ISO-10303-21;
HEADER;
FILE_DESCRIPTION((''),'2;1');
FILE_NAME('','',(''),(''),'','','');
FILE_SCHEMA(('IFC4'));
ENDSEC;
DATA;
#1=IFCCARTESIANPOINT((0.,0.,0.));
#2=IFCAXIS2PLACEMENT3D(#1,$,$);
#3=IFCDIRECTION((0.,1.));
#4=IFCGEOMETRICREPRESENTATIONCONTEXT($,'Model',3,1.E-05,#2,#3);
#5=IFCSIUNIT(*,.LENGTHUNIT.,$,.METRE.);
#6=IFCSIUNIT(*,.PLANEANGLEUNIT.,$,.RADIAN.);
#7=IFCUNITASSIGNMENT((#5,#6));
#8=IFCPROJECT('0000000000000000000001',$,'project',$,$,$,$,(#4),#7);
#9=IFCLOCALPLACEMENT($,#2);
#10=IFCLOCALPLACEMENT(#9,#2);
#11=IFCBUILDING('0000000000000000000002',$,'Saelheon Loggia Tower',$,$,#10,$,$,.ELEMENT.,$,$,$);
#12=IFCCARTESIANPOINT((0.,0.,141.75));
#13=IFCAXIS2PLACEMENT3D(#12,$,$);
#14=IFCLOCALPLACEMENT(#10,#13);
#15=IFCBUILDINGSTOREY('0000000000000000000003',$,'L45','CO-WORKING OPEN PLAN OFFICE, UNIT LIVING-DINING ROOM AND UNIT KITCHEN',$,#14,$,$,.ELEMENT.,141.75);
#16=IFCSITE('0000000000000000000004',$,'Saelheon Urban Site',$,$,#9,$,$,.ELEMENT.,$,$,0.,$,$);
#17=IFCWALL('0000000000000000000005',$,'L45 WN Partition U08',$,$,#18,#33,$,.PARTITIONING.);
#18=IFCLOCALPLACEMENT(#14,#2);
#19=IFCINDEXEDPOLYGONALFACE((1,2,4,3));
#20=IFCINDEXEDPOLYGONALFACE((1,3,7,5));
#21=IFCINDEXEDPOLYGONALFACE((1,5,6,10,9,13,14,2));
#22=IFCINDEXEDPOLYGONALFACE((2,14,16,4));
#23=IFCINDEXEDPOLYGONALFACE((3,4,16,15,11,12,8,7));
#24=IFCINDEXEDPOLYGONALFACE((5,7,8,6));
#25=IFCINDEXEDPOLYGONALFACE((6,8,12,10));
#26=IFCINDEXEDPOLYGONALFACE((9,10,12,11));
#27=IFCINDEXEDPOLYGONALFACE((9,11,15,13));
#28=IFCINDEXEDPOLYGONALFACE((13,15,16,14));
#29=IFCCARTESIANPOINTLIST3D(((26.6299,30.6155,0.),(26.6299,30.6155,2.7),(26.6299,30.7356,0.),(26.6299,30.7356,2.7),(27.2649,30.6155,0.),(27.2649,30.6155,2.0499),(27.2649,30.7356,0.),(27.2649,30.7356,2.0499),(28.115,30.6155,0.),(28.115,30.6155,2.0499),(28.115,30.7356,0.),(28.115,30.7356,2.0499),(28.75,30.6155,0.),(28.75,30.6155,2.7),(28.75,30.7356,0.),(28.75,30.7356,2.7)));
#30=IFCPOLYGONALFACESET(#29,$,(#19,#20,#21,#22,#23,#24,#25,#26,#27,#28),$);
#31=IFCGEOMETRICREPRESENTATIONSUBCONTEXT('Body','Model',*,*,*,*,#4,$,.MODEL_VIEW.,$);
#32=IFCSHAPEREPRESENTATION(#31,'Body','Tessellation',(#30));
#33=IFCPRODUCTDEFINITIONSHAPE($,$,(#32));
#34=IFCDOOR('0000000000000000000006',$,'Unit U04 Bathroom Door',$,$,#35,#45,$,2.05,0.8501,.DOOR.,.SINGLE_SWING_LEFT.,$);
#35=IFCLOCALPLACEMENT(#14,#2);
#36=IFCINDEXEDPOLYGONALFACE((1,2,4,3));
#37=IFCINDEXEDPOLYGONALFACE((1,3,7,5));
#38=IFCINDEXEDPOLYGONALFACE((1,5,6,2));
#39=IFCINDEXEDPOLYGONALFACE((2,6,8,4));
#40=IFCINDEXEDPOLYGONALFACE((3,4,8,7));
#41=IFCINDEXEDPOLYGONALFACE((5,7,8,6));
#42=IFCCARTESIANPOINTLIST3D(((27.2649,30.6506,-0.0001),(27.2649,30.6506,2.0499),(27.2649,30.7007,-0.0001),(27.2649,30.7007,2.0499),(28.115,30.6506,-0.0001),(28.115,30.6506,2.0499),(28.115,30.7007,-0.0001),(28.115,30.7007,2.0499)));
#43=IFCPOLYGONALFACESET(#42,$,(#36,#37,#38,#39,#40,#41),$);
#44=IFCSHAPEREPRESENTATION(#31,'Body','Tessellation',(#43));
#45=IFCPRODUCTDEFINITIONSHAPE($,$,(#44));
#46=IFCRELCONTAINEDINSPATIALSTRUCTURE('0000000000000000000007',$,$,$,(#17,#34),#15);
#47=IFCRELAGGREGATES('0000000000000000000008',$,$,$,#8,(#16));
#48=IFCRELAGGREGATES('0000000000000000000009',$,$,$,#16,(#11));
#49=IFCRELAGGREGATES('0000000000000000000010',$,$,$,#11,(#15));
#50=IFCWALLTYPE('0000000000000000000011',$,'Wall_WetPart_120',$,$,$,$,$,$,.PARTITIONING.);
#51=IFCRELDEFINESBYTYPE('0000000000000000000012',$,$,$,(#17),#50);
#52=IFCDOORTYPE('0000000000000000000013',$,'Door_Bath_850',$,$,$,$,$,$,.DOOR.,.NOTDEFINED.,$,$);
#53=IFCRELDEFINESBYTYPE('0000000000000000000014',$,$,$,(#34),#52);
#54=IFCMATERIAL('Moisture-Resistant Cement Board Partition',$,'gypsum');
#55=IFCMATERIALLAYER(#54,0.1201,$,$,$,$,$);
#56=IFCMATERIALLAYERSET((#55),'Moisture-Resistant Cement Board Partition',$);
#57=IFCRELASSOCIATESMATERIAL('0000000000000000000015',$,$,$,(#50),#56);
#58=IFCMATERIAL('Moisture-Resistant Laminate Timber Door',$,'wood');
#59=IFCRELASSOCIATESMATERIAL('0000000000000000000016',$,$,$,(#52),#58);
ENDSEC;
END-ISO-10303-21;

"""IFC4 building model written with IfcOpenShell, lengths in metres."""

from ifc_helpers import new_model, si_unit, direction, frame, frame_2d, origin, place, context, subcontext, project, spatial, rectangle, extrude, source, transform, mapped, material, layer, layer_set, type_object, element, fill, save


model = new_model("IFC4")

# Units and contexts
model_context = context("Model", 3, precision=1e-05, world=origin(), true_north=direction((0.0, 1.0)))
body_context = subcontext(model_context, "Body", "Model", "MODEL_VIEW")
ifc_project = project(units=[si_unit("LENGTHUNIT", "METRE"), si_unit("PLANEANGLEUNIT", "RADIAN")], contexts=[model_context])

# Site, building, storey
site_placement = place(None, origin())
site = spatial("IfcSite", under=ifc_project, at=site_placement, Name="Saelheon Urban Site", CompositionType="ELEMENT", RefElevation=0.0)
building_placement = place(site_placement, origin())
building = spatial("IfcBuilding", under=site, at=building_placement, Name="Saelheon Loggia Tower", CompositionType="ELEMENT")
storey_placement = place(building_placement, frame((0.0, 0.0, 141.75)))
storey = spatial("IfcBuildingStorey", under=building, at=storey_placement, Name="L45", Description="CO-WORKING OPEN PLAN OFFICE, UNIT LIVING-DINING ROOM AND UNIT KITCHEN", CompositionType="ELEMENT", Elevation=141.75)

# Wall, opening, door
ifc_material_1 = material(Name="Moisture-Resistant Cement Board Partition", Category="gypsum")
ifc_layer_1 = layer(ifc_material_1, 0.1201)
ifc_layer_set_1 = layer_set([ifc_layer_1], Name="Moisture-Resistant Cement Board Partition")
wall_type_1 = type_object("IfcWallType", Name="Wall_WetPart_120", PredefinedType="PARTITIONING", material=ifc_layer_set_1)
wall_1_placement = place(storey_placement, frame((28.75, 30.6755, 0.0), z_axis=(0.0, 0.0, 1.0), x_axis=(-1.0, 0.0, 0.0)))
wall_1 = element("IfcWall", 1, at=wall_1_placement, inside=storey, type_object=wall_type_1, Name="L45 WN Partition U08", PredefinedType="PARTITIONING", context=body_context, shape_type="SweptSolid", body=[
    extrude(rectangle(XDim=2.1201, YDim=0.1201, at=frame_2d((1.0601, 0.0))), origin(), (0.0, 0.0, 1.0), 2.7),
])
opening_1_placement = place(wall_1_placement, frame((0.635, 0.0, 0.0)))
opening_1 = element("IfcOpeningElement", 2, at=opening_1_placement, cuts=wall_1, PredefinedType="OPENING", context=body_context, shape_type="SweptSolid", body=[
    extrude(rectangle(XDim=0.8501, YDim=2.05, at=frame_2d((0.425, 1.0249))), frame((0.0, 0.072, 0.0), z_axis=(0.0, -1.0, 0.0), x_axis=(1.0, 0.0, 0.0)), (0.0, 0.0, 1.0), 0.144),
])
ifc_material_2 = material(Name="Moisture-Resistant Laminate Timber Door", Category="wood")
door_type_1 = type_object("IfcDoorType", Name="Door_Bath_850", OperationType="NOTDEFINED", PredefinedType="DOOR", material=ifc_material_2)
shared_shape_1 = source(origin(), body_context, "Body", "SweptSolid", [
    extrude(rectangle(XDim=0.8501, YDim=2.05, at=frame_2d((0.425, 1.0249))), frame((0.0, 0.0249, 0.0), z_axis=(0.0, -1.0, 0.0), x_axis=(1.0, 0.0, 0.0)), (0.0, 0.0, 1.0), 0.05),
])
door_1_placement = place(opening_1_placement, origin())
door_1 = element("IfcDoor", 3, at=door_1_placement, inside=storey, type_object=door_type_1, Name="Unit U04 Bathroom Door", OperationType="SINGLE_SWING_LEFT", OverallHeight=2.05, OverallWidth=0.8501, PredefinedType="DOOR", context=body_context, shape_type="MappedRepresentation", body=[
    mapped(shared_shape_1, transform((0.0, 0.0, 0.0), scale=1.0)),
])
fill(opening_1, door_1)

save(model, "model.ifc")
